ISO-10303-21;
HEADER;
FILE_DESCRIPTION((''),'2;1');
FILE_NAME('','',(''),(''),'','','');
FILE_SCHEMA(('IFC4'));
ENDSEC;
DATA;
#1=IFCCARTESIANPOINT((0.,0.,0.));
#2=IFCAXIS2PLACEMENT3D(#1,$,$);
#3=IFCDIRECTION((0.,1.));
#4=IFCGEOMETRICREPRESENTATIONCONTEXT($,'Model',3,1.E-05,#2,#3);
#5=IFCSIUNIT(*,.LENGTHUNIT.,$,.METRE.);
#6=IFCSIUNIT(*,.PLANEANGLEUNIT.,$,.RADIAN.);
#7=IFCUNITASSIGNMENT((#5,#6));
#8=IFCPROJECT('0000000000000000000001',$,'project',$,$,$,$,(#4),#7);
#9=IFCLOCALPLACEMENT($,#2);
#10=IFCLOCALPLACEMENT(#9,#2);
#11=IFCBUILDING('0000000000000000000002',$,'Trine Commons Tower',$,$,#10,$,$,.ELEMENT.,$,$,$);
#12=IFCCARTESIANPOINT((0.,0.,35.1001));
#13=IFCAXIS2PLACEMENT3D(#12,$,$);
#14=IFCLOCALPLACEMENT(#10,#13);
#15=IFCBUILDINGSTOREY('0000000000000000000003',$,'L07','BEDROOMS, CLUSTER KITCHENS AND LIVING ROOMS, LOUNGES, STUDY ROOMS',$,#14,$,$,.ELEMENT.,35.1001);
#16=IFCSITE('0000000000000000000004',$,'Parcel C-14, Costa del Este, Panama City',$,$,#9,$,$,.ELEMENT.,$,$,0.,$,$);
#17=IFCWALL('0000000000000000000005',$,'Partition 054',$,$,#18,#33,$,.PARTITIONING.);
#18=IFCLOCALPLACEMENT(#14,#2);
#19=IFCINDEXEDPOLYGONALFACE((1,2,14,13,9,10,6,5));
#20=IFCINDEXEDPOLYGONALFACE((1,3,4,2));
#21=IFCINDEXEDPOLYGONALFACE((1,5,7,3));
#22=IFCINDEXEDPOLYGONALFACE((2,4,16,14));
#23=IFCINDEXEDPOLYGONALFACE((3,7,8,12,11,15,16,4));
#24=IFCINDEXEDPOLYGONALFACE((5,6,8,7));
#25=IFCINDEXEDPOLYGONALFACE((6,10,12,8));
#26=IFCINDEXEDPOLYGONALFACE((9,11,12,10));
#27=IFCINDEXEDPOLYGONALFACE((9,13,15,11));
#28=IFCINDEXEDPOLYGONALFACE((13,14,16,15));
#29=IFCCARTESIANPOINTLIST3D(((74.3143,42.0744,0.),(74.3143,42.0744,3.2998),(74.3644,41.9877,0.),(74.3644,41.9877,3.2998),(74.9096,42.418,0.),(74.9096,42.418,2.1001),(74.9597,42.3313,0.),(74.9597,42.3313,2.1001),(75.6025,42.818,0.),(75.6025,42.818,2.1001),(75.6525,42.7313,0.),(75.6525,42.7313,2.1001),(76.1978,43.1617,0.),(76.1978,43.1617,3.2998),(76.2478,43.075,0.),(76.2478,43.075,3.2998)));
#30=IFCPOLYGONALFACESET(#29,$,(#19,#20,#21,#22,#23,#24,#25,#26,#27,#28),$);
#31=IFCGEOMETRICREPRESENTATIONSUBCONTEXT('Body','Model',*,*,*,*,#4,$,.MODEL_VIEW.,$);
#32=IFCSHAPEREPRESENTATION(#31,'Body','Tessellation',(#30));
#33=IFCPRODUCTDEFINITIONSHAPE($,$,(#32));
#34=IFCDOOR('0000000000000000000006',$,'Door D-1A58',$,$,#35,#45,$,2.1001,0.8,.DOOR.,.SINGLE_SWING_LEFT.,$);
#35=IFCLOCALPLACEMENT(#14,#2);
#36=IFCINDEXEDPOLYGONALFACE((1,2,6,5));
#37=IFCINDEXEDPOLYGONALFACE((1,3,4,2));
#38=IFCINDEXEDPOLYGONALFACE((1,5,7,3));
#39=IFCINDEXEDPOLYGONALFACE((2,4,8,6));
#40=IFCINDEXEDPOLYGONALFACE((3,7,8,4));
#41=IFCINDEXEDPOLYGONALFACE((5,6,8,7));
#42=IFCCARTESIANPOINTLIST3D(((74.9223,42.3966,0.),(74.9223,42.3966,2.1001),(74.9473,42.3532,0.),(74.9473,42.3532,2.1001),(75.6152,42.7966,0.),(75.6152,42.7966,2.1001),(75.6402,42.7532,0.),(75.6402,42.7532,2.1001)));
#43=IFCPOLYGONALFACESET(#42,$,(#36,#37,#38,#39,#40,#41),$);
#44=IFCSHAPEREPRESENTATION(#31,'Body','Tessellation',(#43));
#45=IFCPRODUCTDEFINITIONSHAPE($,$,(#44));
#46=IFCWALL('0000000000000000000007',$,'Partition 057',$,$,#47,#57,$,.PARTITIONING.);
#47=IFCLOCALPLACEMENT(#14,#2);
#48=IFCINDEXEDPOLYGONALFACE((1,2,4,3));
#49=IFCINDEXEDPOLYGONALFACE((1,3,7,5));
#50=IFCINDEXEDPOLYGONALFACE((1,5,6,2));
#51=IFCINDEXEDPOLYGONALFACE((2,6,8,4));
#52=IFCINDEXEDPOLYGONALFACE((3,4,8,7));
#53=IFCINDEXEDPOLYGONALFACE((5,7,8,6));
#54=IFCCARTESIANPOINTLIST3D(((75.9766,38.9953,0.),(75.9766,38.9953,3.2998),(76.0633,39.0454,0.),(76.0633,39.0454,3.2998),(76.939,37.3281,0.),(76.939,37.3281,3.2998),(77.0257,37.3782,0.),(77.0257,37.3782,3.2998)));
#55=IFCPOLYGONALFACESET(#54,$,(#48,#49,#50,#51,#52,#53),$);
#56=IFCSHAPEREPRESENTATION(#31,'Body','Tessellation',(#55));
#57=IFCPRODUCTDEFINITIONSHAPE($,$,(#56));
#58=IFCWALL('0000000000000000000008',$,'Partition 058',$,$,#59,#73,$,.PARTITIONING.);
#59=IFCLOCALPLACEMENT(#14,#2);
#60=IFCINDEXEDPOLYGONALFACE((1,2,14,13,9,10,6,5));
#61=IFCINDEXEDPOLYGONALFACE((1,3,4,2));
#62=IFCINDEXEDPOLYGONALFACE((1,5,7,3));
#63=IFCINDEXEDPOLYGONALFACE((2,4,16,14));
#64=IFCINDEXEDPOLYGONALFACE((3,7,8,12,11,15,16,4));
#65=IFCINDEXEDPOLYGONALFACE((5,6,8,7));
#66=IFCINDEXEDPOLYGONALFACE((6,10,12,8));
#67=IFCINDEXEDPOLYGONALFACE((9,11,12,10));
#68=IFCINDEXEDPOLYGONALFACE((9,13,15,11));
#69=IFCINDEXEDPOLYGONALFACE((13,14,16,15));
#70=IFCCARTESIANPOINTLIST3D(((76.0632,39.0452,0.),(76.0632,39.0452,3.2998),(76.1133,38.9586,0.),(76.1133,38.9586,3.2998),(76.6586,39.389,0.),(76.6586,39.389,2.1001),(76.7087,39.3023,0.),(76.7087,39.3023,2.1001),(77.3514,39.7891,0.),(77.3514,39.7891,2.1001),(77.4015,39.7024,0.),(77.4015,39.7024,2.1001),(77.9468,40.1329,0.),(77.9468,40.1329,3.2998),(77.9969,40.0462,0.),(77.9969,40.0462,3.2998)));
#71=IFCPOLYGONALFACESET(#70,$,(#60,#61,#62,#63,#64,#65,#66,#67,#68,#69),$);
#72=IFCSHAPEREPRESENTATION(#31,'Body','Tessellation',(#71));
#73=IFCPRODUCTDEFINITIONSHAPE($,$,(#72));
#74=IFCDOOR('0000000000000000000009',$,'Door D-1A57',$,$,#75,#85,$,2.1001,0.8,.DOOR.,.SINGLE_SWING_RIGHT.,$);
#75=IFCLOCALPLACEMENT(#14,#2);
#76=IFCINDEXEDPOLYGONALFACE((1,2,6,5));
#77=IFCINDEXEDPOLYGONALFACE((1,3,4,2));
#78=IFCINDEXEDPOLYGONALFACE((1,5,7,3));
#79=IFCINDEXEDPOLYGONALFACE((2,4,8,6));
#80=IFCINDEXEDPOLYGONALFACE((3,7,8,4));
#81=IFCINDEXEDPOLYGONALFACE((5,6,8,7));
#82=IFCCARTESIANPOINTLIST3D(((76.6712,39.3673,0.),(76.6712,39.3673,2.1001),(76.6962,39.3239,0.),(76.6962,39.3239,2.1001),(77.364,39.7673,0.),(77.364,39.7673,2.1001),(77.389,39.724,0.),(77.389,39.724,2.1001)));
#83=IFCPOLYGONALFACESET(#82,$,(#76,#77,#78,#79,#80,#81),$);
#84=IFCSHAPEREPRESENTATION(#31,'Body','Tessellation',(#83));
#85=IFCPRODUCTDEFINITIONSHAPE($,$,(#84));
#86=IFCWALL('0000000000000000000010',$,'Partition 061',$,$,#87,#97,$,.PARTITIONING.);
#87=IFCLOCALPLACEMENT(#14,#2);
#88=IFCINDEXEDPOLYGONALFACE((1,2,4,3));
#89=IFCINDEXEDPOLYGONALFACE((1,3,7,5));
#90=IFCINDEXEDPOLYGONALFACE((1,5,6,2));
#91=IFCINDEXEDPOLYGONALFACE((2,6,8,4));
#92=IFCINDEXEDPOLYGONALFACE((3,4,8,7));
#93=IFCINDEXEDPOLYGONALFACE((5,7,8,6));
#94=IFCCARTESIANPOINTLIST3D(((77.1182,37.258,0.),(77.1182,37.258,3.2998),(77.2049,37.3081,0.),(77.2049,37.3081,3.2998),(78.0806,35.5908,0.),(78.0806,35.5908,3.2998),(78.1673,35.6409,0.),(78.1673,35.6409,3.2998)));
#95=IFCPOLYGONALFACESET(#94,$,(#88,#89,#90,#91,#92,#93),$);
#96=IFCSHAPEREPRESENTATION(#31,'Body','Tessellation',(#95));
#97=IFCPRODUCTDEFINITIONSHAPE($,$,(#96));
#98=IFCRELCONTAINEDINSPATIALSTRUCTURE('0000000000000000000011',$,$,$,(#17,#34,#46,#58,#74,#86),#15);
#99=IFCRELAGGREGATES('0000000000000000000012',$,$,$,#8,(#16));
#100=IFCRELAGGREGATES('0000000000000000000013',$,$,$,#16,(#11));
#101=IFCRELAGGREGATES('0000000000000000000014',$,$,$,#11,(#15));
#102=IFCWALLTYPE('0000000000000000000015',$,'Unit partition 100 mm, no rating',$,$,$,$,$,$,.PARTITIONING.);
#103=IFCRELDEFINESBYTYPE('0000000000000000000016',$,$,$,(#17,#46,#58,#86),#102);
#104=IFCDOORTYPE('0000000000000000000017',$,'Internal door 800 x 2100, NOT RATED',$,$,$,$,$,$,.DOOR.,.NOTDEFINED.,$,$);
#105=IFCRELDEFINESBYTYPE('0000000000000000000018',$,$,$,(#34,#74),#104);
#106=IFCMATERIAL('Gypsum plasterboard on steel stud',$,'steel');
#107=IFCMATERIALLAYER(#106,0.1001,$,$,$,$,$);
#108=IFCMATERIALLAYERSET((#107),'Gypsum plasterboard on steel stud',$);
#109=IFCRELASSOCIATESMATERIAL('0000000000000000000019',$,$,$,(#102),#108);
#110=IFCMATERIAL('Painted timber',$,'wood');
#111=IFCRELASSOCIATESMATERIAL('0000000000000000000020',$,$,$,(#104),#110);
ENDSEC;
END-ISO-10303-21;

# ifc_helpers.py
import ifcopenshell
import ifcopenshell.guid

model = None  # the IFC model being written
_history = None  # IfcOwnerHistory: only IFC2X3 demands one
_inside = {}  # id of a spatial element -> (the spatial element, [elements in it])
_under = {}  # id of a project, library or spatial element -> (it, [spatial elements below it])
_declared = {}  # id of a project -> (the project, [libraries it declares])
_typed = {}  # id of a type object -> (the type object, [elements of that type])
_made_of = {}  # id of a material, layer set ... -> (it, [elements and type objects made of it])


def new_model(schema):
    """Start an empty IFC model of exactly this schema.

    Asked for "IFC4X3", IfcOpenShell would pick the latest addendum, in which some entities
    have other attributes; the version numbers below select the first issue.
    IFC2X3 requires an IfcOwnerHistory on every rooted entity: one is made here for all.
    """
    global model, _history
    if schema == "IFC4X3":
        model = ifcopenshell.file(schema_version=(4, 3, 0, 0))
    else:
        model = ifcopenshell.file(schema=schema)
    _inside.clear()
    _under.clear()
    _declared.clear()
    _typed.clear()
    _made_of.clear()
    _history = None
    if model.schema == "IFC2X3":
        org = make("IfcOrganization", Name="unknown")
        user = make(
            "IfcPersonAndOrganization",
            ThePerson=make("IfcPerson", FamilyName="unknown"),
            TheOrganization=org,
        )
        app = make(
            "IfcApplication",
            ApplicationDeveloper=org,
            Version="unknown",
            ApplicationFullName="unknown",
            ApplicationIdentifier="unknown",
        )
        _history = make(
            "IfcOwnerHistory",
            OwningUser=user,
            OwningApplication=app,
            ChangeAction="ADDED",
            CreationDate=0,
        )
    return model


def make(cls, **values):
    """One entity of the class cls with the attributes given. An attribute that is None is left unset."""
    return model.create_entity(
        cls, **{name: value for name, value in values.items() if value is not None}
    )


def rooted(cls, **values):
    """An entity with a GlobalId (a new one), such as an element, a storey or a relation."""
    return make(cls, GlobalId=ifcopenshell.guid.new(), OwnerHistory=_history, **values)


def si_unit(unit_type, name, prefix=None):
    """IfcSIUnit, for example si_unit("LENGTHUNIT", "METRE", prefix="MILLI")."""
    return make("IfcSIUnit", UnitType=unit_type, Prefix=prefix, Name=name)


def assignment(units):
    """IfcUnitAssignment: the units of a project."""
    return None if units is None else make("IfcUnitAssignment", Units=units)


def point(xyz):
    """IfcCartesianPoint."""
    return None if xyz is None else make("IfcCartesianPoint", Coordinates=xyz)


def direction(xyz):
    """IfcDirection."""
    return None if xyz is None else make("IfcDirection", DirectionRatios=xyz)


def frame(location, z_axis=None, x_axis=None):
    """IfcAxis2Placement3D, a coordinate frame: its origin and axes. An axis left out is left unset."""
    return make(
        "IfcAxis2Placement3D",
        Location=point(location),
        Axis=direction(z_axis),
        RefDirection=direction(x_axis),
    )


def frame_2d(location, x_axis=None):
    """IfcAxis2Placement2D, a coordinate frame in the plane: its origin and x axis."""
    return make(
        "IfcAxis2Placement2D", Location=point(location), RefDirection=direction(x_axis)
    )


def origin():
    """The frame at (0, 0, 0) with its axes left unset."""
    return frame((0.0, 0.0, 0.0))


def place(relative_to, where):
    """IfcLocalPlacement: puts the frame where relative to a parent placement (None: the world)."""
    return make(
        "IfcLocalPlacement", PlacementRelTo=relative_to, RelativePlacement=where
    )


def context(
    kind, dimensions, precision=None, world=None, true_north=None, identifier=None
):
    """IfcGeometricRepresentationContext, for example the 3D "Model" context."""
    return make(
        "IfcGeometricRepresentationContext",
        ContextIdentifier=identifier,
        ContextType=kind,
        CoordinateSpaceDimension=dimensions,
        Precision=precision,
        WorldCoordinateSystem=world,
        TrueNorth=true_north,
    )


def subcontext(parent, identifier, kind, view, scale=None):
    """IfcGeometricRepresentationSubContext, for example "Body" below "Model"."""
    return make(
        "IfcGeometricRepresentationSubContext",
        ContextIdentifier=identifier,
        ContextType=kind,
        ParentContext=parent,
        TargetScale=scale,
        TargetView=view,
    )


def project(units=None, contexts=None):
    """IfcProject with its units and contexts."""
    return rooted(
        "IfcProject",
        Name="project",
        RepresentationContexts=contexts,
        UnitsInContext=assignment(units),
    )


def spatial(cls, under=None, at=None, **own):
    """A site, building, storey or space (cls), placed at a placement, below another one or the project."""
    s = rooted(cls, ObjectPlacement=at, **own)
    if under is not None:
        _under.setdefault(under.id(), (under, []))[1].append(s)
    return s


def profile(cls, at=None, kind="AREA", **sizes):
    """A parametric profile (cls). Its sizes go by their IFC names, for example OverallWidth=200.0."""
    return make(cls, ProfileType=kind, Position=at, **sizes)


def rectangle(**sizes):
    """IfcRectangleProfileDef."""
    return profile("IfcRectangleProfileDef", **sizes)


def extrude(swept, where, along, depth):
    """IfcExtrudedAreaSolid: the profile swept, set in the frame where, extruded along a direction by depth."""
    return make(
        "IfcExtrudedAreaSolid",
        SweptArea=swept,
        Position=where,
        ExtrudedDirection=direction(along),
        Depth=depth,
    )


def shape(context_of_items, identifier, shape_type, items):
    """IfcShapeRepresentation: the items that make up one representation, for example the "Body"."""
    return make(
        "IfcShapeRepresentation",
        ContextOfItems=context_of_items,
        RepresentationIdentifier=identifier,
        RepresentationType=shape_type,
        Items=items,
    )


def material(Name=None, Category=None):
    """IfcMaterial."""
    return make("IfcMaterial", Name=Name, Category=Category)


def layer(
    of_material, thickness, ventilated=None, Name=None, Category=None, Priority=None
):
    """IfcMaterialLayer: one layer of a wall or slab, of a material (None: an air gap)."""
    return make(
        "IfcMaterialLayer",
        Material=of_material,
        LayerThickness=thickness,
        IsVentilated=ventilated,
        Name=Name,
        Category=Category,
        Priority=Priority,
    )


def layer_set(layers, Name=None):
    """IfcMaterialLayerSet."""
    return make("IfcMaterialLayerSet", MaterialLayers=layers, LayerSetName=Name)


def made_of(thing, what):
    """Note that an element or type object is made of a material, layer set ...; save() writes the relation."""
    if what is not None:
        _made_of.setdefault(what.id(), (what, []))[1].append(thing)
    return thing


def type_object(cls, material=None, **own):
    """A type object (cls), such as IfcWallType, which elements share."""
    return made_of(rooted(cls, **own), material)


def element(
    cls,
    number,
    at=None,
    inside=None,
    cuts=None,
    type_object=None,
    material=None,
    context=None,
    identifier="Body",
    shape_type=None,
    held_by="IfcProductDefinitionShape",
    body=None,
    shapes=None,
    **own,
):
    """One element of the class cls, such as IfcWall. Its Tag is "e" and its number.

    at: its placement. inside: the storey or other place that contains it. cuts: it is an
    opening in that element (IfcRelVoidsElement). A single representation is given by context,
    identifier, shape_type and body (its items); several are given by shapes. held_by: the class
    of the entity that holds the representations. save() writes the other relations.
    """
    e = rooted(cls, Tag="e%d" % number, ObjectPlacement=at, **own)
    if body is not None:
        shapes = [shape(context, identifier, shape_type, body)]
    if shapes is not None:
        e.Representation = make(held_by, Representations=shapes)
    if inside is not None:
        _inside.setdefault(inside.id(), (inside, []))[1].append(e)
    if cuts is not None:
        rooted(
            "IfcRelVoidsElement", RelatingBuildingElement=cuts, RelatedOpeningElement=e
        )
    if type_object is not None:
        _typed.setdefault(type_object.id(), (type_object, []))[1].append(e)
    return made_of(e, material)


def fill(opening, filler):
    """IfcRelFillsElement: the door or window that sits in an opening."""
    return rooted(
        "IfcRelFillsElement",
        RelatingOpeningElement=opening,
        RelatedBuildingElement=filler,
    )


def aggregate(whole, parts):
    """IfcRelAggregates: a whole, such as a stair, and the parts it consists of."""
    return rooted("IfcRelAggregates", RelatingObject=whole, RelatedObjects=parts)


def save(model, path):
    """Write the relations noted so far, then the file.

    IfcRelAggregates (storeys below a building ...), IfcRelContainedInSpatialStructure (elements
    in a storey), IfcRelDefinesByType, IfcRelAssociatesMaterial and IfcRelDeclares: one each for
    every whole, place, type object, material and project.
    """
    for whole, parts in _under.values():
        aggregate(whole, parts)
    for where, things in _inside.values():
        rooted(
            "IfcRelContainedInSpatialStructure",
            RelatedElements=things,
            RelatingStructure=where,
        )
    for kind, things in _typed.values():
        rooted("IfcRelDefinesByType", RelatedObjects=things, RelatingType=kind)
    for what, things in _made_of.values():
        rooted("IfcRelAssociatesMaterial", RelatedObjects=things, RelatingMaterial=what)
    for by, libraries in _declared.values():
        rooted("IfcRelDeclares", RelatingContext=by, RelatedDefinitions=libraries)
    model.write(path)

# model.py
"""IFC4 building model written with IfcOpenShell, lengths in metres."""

from ifc_helpers import new_model, si_unit, direction, frame, frame_2d, origin, place, context, subcontext, project, spatial, rectangle, extrude, material, layer, layer_set, type_object, element, fill, save


model = new_model("IFC4")

# Units and contexts
model_context = context("Model", 3, precision=1e-05, world=origin(), true_north=direction((0.0, 1.0)))
body_context = subcontext(model_context, "Body", "Model", "MODEL_VIEW")
ifc_project = project(units=[si_unit("LENGTHUNIT", "METRE"), si_unit("PLANEANGLEUNIT", "RADIAN")], contexts=[model_context])

# Site, building, storey
site_placement = place(None, origin())
site = spatial("IfcSite", under=ifc_project, at=site_placement, Name="Parcel C-14, Costa del Este, Panama City", CompositionType="ELEMENT", RefElevation=0.0)
building_placement = place(site_placement, origin())
building = spatial("IfcBuilding", under=site, at=building_placement, Name="Trine Commons Tower", CompositionType="ELEMENT")
storey_placement = place(building_placement, frame((0.0, 0.0, 35.1001)))
storey = spatial("IfcBuildingStorey", under=building, at=storey_placement, Name="L07", Description="BEDROOMS, CLUSTER KITCHENS AND LIVING ROOMS, LOUNGES, STUDY ROOMS", CompositionType="ELEMENT", Elevation=35.1001)

# Shared definitions
ifc_material_1 = material(Name="Gypsum plasterboard on steel stud", Category="steel")

# Shared definitions
ifc_material_2 = material(Name="Painted timber", Category="wood")

# Wall, opening, door
ifc_layer_1 = layer(ifc_material_1, 0.1001)
ifc_layer_set_1 = layer_set([ifc_layer_1], Name="Gypsum plasterboard on steel stud")
wall_type_1 = type_object("IfcWallType", Name="Unit partition 100 mm, no rating", PredefinedType="PARTITIONING", material=ifc_layer_set_1)
door_type_1 = type_object("IfcDoorType", Name="Internal door 800 x 2100, NOT RATED", OperationType="NOTDEFINED", PredefinedType="DOOR", material=ifc_material_2)
wall_1_placement = place(storey_placement, frame((74.3394, 42.031, 0.0), z_axis=(0.0, 0.0, 1.0), x_axis=(0.866038, 0.499978, 0.0)))
wall_1 = element("IfcWall", 1, at=wall_1_placement, inside=storey, type_object=wall_type_1, Name="Partition 054", PredefinedType="PARTITIONING", context=body_context, shape_type="SweptSolid", body=[
    extrude(rectangle(XDim=2.1748, YDim=0.1001, at=frame_2d((1.0874, 0.0))), origin(), (0.0, 0.0, 1.0), 3.2998),
])
opening_1_placement = place(wall_1_placement, frame((0.6875, 0.0, 0.0)))
opening_1 = element("IfcOpeningElement", 2, at=opening_1_placement, cuts=wall_1, PredefinedType="OPENING", context=body_context, shape_type="SweptSolid", body=[
    extrude(rectangle(XDim=0.8, YDim=2.1001, at=frame_2d((0.3999, 1.05))), frame((0.0, 0.0601, 0.0), z_axis=(0.0, -1.0, 0.0), x_axis=(1.0, 0.0, 0.0)), (0.0, 0.0, 1.0), 0.1201),
])
door_1_placement = place(opening_1_placement, frame((0.8, 0.0, 0.0), z_axis=(0.0, 0.0, 1.0), x_axis=(-1.0, 0.0, 0.0)))
door_1 = element("IfcDoor", 3, at=door_1_placement, inside=storey, type_object=door_type_1, Name="Door D-1A58", OperationType="SINGLE_SWING_LEFT", OverallHeight=2.1001, OverallWidth=0.8, PredefinedType="DOOR", context=body_context, shape_type="SweptSolid", body=[
    extrude(rectangle(XDim=0.8, YDim=2.1001, at=frame_2d((0.3999, 1.05))), frame((0.0, 0.0249, 0.0), z_axis=(0.0, -1.0, 0.0), x_axis=(1.0, 0.0, 0.0)), (0.0, 0.0, 1.0), 0.05),
])
fill(opening_1, door_1)

# Wall
wall_2_placement = place(storey_placement, frame((76.02, 39.0203, 0.0), z_axis=(0.0, 0.0, 1.0), x_axis=(0.499931, -0.866065, 0.0)))
element("IfcWall", 4, at=wall_2_placement, inside=storey, type_object=wall_type_1, Name="Partition 057", PredefinedType="PARTITIONING", context=body_context, shape_type="SweptSolid", body=[
    extrude(rectangle(XDim=1.925, YDim=0.1001, at=frame_2d((0.9624, 0.0))), origin(), (0.0, 0.0, 1.0), 3.2998),
])

# Wall, opening, door
wall_3_placement = place(storey_placement, frame((76.0884, 39.002, 0.0), z_axis=(0.0, 0.0, 1.0), x_axis=(0.865989, 0.500063, 0.0)))
wall_3 = element("IfcWall", 5, at=wall_3_placement, inside=storey, type_object=wall_type_1, Name="Partition 058", PredefinedType="PARTITIONING", context=body_context, shape_type="SweptSolid", body=[
    extrude(rectangle(XDim=2.175, YDim=0.1001, at=frame_2d((1.0874, 0.0))), origin(), (0.0, 0.0, 1.0), 3.2998),
])
opening_2_placement = place(wall_3_placement, frame((0.6875, 0.0, 0.0)))
opening_2 = element("IfcOpeningElement", 6, at=opening_2_placement, cuts=wall_3, PredefinedType="OPENING", context=body_context, shape_type="SweptSolid", body=[
    extrude(rectangle(XDim=0.8, YDim=2.1001, at=frame_2d((0.3999, 1.05))), frame((0.0, 0.0601, 0.0), z_axis=(0.0, -1.0, 0.0), x_axis=(1.0, 0.0, 0.0)), (0.0, 0.0, 1.0), 0.1201),
])
door_2_placement = place(opening_2_placement, origin())
door_2 = element("IfcDoor", 7, at=door_2_placement, inside=storey, type_object=door_type_1, Name="Door D-1A57", OperationType="SINGLE_SWING_RIGHT", OverallHeight=2.1001, OverallWidth=0.8, PredefinedType="DOOR", context=body_context, shape_type="SweptSolid", body=[
    extrude(rectangle(XDim=0.8, YDim=2.1001, at=frame_2d((0.3999, 1.05))), frame((0.0, 0.0249, 0.0), z_axis=(0.0, -1.0, 0.0), x_axis=(1.0, 0.0, 0.0)), (0.0, 0.0, 1.0), 0.05),
])
fill(opening_2, door_2)

# Wall
wall_4_placement = place(storey_placement, frame((77.1616, 37.283, 0.0), z_axis=(0.0, 0.0, 1.0), x_axis=(0.499931, -0.866065, 0.0)))
element("IfcWall", 8, at=wall_4_placement, inside=storey, type_object=wall_type_1, Name="Partition 061", PredefinedType="PARTITIONING", context=body_context, shape_type="SweptSolid", body=[
    extrude(rectangle(XDim=1.925, YDim=0.1001, at=frame_2d((0.9624, 0.0))), origin(), (0.0, 0.0, 1.0), 3.2998),
])

save(model, "model.ifc")
